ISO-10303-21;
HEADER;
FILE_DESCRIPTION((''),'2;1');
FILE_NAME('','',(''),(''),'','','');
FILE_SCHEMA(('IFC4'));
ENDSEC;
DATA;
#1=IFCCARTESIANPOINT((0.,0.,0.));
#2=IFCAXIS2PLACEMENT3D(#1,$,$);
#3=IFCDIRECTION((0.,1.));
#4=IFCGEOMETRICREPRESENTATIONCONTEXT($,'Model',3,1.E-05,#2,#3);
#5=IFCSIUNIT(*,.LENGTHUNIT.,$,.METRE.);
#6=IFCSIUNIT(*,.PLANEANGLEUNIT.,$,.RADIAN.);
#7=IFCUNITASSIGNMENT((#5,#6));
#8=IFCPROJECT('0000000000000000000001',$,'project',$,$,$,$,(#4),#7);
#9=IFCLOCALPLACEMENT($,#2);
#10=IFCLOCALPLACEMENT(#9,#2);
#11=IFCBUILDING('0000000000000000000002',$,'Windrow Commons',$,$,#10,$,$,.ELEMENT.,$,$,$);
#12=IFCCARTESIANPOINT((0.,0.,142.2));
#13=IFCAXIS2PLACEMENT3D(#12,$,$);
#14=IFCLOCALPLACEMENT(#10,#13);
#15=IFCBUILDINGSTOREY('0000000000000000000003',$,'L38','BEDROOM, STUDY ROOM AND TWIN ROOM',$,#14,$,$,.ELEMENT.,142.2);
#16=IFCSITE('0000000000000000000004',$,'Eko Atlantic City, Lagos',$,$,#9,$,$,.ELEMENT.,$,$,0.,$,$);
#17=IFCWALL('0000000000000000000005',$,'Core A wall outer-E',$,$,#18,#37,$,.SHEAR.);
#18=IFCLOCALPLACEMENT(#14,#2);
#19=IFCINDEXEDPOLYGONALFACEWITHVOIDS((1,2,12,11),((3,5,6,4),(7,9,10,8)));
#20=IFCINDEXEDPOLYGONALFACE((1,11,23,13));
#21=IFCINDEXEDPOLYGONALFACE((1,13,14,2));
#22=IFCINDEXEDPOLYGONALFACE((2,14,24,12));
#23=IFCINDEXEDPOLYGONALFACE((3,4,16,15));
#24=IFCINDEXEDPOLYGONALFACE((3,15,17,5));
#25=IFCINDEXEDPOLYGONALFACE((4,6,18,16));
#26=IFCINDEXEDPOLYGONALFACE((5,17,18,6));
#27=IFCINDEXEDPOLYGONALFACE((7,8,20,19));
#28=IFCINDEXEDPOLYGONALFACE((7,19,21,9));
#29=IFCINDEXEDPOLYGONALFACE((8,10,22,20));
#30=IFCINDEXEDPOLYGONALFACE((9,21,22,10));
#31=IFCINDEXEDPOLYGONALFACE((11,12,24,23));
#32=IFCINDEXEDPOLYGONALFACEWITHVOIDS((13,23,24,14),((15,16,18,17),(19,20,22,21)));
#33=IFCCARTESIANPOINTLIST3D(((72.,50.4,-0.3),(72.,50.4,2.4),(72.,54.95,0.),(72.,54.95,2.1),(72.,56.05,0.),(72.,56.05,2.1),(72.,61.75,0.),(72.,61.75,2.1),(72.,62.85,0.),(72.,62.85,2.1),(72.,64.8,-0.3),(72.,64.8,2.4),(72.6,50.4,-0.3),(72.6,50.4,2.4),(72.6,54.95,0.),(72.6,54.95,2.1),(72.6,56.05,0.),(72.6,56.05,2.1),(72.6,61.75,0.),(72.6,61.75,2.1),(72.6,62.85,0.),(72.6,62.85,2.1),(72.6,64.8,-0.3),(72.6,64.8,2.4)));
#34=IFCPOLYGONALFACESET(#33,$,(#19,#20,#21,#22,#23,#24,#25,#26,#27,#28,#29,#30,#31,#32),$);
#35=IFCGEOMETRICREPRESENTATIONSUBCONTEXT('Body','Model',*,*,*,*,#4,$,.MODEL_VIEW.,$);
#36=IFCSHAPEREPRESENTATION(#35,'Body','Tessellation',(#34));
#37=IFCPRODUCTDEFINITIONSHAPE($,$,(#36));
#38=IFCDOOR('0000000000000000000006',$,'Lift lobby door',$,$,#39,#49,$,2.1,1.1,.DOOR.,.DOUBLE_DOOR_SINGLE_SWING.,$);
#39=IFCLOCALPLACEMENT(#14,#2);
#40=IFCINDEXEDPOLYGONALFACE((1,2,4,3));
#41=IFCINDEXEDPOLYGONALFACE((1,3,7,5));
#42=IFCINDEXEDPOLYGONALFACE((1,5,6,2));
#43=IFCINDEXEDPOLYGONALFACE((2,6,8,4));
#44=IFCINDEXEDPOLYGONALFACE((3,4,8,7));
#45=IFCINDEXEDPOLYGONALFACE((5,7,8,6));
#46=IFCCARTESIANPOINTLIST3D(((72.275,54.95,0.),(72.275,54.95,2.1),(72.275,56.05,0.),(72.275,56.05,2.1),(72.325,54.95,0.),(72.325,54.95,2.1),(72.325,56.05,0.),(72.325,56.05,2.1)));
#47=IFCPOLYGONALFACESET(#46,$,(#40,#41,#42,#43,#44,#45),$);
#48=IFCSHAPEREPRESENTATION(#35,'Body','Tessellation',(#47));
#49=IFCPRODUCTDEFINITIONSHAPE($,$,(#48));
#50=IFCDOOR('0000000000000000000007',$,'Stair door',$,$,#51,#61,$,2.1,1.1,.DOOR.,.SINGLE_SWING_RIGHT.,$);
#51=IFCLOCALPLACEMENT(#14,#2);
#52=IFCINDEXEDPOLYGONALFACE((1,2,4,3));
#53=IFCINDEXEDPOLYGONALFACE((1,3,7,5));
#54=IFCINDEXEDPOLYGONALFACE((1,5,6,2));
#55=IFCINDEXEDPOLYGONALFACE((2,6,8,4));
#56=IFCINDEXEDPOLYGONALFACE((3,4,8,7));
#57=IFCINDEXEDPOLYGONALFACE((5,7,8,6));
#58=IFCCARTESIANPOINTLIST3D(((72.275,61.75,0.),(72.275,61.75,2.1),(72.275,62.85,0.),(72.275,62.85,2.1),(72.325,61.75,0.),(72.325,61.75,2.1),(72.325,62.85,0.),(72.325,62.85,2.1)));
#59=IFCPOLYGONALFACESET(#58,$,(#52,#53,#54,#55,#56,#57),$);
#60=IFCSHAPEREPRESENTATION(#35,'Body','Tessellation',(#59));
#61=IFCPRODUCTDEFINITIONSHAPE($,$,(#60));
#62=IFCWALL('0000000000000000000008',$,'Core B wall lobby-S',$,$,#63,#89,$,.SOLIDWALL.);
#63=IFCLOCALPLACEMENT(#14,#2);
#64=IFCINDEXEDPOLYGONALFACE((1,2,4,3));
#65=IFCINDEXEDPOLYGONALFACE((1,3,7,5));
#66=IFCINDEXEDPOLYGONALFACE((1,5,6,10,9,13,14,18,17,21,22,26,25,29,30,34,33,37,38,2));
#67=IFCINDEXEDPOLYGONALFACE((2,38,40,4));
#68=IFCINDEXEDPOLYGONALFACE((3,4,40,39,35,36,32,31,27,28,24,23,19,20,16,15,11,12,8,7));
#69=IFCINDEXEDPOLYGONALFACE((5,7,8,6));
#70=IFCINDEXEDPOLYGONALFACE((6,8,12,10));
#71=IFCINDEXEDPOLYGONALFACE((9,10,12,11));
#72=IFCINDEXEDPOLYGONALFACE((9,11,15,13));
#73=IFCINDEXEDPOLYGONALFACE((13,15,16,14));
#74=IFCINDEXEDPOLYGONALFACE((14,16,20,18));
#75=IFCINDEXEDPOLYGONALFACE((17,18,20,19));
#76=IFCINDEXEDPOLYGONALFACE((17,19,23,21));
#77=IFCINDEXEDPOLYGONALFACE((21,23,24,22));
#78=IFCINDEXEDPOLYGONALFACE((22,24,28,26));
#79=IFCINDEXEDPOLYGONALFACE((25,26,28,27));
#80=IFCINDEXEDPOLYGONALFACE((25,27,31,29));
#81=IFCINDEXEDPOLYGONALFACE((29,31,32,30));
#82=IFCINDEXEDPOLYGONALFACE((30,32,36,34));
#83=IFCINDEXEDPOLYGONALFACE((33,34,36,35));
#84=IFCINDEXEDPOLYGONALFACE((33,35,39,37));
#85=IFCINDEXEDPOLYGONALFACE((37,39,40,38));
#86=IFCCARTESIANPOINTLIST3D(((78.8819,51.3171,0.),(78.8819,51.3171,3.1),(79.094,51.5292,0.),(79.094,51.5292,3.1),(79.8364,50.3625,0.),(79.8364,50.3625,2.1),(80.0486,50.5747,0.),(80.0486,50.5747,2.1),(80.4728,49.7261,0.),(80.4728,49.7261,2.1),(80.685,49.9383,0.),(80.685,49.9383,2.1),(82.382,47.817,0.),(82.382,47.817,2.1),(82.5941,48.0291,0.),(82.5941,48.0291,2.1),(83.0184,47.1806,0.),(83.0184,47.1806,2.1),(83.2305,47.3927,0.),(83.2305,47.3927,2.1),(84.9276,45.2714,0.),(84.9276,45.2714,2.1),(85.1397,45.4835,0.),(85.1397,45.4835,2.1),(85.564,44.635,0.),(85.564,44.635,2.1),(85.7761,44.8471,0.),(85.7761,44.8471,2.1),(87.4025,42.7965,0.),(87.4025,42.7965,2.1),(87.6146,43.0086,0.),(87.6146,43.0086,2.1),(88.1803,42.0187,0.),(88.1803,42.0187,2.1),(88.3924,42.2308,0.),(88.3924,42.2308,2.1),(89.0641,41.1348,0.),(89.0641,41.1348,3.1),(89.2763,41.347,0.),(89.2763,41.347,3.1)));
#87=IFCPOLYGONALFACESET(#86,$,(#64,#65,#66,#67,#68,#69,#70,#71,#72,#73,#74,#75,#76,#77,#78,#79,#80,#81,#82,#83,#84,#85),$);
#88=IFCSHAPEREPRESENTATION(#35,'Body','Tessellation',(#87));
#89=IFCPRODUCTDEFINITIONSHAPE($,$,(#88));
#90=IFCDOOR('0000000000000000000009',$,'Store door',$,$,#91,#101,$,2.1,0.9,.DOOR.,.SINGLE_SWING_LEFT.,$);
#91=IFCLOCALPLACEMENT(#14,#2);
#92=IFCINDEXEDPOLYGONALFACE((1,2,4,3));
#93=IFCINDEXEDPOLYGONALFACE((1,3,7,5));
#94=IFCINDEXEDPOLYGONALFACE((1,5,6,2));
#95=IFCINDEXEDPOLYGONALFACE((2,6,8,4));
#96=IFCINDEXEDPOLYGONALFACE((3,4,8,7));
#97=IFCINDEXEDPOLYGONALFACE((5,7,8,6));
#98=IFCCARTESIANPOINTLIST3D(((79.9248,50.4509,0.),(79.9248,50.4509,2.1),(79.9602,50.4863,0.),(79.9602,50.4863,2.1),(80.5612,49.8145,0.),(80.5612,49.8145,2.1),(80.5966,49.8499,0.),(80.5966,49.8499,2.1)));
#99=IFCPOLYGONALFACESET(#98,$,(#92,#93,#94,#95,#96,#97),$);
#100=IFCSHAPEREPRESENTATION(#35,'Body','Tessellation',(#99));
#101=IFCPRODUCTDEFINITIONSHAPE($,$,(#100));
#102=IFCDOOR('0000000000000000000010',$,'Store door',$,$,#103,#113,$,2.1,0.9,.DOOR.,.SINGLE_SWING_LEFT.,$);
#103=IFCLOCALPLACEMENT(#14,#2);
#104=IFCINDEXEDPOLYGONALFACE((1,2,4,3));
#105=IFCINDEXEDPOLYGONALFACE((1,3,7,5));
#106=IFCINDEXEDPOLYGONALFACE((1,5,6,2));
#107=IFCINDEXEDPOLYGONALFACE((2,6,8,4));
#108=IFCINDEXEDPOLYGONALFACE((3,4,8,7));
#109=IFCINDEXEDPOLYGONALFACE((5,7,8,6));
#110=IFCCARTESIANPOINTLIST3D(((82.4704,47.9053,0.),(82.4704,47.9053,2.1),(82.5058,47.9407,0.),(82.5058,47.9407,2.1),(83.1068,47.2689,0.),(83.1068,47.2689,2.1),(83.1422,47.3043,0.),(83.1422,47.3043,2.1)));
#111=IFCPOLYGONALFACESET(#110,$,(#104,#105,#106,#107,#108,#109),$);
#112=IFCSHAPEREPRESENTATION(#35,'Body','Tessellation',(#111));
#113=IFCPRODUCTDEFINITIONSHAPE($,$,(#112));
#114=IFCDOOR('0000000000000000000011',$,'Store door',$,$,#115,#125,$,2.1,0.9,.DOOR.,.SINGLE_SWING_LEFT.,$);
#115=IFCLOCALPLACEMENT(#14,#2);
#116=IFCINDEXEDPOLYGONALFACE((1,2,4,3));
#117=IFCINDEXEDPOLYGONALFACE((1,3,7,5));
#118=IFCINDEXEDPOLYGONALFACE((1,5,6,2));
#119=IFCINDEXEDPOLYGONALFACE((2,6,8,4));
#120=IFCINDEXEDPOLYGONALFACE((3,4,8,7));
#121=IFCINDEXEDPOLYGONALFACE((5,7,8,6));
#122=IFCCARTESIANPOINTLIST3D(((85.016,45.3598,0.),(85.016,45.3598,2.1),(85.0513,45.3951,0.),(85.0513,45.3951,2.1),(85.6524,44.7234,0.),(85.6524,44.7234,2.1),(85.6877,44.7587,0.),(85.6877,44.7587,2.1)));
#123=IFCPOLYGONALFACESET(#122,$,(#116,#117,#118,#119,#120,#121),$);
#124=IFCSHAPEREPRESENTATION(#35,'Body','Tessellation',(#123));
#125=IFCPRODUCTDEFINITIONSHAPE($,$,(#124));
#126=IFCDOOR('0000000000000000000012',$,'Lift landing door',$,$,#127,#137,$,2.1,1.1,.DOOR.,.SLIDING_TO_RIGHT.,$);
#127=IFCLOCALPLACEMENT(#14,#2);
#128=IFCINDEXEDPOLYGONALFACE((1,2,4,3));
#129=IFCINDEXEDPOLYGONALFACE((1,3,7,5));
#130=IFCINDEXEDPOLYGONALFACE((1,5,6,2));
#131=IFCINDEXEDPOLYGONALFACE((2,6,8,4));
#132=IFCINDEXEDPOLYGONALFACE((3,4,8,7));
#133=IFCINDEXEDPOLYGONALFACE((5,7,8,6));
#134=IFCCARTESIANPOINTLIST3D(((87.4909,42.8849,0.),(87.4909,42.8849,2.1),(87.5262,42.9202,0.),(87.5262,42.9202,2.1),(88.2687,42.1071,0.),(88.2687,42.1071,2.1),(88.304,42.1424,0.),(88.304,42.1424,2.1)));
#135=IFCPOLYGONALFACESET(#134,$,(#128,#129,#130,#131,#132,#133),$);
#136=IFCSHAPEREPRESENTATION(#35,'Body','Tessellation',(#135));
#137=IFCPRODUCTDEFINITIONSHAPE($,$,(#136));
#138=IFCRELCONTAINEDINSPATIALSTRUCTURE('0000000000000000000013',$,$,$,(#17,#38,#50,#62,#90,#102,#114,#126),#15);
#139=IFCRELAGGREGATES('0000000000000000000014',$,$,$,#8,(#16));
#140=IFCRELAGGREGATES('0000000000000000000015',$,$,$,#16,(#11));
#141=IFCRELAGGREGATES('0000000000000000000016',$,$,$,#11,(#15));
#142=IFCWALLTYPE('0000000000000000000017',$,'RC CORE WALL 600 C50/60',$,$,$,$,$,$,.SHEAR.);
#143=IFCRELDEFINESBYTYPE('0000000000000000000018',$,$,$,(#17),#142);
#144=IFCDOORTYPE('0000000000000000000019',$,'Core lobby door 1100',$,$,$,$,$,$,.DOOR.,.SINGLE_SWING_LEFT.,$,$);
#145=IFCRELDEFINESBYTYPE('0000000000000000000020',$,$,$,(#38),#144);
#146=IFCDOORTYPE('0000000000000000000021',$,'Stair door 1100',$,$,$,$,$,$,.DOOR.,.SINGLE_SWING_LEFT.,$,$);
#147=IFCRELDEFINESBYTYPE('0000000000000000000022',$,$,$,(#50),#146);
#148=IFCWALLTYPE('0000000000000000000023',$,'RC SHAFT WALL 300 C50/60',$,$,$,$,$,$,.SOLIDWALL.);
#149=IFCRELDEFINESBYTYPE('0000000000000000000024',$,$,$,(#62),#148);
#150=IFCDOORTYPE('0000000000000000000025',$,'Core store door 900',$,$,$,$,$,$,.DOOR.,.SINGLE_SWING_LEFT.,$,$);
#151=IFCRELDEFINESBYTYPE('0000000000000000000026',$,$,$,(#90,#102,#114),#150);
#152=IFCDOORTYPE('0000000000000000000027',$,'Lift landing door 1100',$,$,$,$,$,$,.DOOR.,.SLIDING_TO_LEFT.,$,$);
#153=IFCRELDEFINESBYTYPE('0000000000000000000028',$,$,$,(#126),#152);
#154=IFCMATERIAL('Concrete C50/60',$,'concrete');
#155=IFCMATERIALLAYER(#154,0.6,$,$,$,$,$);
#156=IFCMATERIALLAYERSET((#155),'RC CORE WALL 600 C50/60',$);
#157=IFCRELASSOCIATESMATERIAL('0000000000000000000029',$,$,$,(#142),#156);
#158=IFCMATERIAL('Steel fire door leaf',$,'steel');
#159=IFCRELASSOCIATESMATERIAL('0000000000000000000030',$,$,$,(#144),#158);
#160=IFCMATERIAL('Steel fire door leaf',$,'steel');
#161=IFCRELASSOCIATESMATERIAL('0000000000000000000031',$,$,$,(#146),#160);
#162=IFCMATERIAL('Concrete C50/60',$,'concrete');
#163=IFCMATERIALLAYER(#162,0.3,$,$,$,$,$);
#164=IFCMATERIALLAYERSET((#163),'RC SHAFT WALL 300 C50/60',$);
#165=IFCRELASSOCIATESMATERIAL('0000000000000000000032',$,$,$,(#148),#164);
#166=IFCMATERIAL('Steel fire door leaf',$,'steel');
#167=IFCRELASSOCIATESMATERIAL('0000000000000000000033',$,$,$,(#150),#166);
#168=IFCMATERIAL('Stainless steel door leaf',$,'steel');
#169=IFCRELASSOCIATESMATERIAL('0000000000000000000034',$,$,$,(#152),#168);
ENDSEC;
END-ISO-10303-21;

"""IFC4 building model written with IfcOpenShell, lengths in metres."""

from ifc_helpers import new_model, si_unit, direction, frame, frame_2d, origin, place, context, subcontext, project, spatial, rectangle, extrude, material, layer, layer_set, type_object, element, fill, save


model = new_model("IFC4")

# Units and contexts
model_context = context("Model", 3, precision=1e-05, world=origin(), true_north=direction((0.0, 1.0)))
body_context = subcontext(model_context, "Body", "Model", "MODEL_VIEW")
ifc_project = project(units=[si_unit("LENGTHUNIT", "METRE"), si_unit("PLANEANGLEUNIT", "RADIAN")], contexts=[model_context])

# Site, building, storey
site_placement = place(None, origin())
site = spatial("IfcSite", under=ifc_project, at=site_placement, Name="Eko Atlantic City, Lagos", CompositionType="ELEMENT", RefElevation=0.0)
building_placement = place(site_placement, origin())
building = spatial("IfcBuilding", under=site, at=building_placement, Name="Windrow Commons", CompositionType="ELEMENT")
storey_placement = place(building_placement, frame((0.0, 0.0, 142.2)))
storey = spatial("IfcBuildingStorey", under=building, at=storey_placement, Name="L38", Description="BEDROOM, STUDY ROOM AND TWIN ROOM", CompositionType="ELEMENT", Elevation=142.2)

# Walls, openings, doors
ifc_material_1 = material(Name="Concrete C50/60", Category="concrete")
ifc_layer_1 = layer(ifc_material_1, 0.6)
ifc_layer_set_1 = layer_set([ifc_layer_1], Name="RC CORE WALL 600 C50/60")
wall_type_1 = type_object("IfcWallType", Name="RC CORE WALL 600 C50/60", PredefinedType="SHEAR", material=ifc_layer_set_1)
wall_1_placement = place(storey_placement, frame((72.3, 50.4, -0.3), z_axis=(0.0, 0.0, 1.0), x_axis=(0.0, 1.0, 0.0)))
wall_1 = element("IfcWall", 1, at=wall_1_placement, inside=storey, type_object=wall_type_1, Name="Core A wall outer-E", PredefinedType="SHEAR", context=body_context, shape_type="SweptSolid", body=[
    extrude(rectangle(XDim=14.4, YDim=0.6, at=frame_2d((7.2, 0.0))), origin(), (0.0, 0.0, 1.0), 2.7),
])
opening_1_placement = place(wall_1_placement, frame((4.55, 0.0, 0.3)))
opening_1 = element("IfcOpeningElement", 2, at=opening_1_placement, cuts=wall_1, PredefinedType="OPENING", context=body_context, shape_type="SweptSolid", body=[
    extrude(rectangle(XDim=1.1, YDim=2.1, at=frame_2d((0.55, 1.05))), frame((0.0, 0.31, 0.0), z_axis=(0.0, -1.0, 0.0), x_axis=(1.0, 0.0, 0.0)), (0.0, 0.0, 1.0), 0.62),
])
opening_2_placement = place(wall_1_placement, frame((11.35, 0.0, 0.3)))
opening_2 = element("IfcOpeningElement", 3, at=opening_2_placement, cuts=wall_1, PredefinedType="OPENING", context=body_context, shape_type="SweptSolid", body=[
    extrude(rectangle(XDim=1.1, YDim=2.1, at=frame_2d((0.55, 1.05))), frame((0.0, 0.31, 0.0), z_axis=(0.0, -1.0, 0.0), x_axis=(1.0, 0.0, 0.0)), (0.0, 0.0, 1.0), 0.62),
])
ifc_material_2 = material(Name="Steel fire door leaf", Category="steel")
door_type_1 = type_object("IfcDoorType", Name="Core lobby door 1100", OperationType="SINGLE_SWING_LEFT", PredefinedType="DOOR", material=ifc_material_2)
door_1_placement = place(opening_1_placement, origin())
door_1 = element("IfcDoor", 4, at=door_1_placement, inside=storey, type_object=door_type_1, Name="Lift lobby door", OperationType="DOUBLE_DOOR_SINGLE_SWING", OverallHeight=2.1, OverallWidth=1.1, PredefinedType="DOOR", context=body_context, shape_type="SweptSolid", body=[
    extrude(rectangle(XDim=1.1, YDim=2.1, at=frame_2d((0.55, 1.05))), frame((0.0, 0.025, 0.0), z_axis=(0.0, -1.0, 0.0), x_axis=(1.0, 0.0, 0.0)), (0.0, 0.0, 1.0), 0.05),
])
fill(opening_1, door_1)
ifc_material_3 = material(Name="Steel fire door leaf", Category="steel")
door_type_2 = type_object("IfcDoorType", Name="Stair door 1100", OperationType="SINGLE_SWING_LEFT", PredefinedType="DOOR", material=ifc_material_3)
door_2_placement = place(opening_2_placement, origin())
door_2 = element("IfcDoor", 5, at=door_2_placement, inside=storey, type_object=door_type_2, Name="Stair door", OperationType="SINGLE_SWING_RIGHT", OverallHeight=2.1, OverallWidth=1.1, PredefinedType="DOOR", context=body_context, shape_type="SweptSolid", body=[
    extrude(rectangle(XDim=1.1, YDim=2.1, at=frame_2d((0.55, 1.05))), frame((0.0, 0.025, 0.0), z_axis=(0.0, -1.0, 0.0), x_axis=(1.0, 0.0, 0.0)), (0.0, 0.0, 1.0), 0.05),
])
fill(opening_2, door_2)
ifc_material_4 = material(Name="Concrete C50/60", Category="concrete")
ifc_layer_2 = layer(ifc_material_4, 0.3)
ifc_layer_set_2 = layer_set([ifc_layer_2], Name="RC SHAFT WALL 300 C50/60")
wall_type_2 = type_object("IfcWallType", Name="RC SHAFT WALL 300 C50/60", PredefinedType="SOLIDWALL", material=ifc_layer_set_2)
wall_2_placement = place(storey_placement, frame((78.9879, 51.4232, 0.0), z_axis=(0.0, 0.0, 1.0), x_axis=(0.707107, -0.707107, 0.0)))
wall_2 = element("IfcWall", 6, at=wall_2_placement, inside=storey, type_object=wall_type_2, Name="Core B wall lobby-S", PredefinedType="SOLIDWALL", context=body_context, shape_type="SweptSolid", body=[
    extrude(rectangle(XDim=14.3999, YDim=0.3, at=frame_2d((7.2, 0.0))), origin(), (0.0, 0.0, 1.0), 3.1),
])
opening_3_placement = place(wall_2_placement, frame((1.35, 0.0, 0.0)))
opening_3 = element("IfcOpeningElement", 7, at=opening_3_placement, cuts=wall_2, PredefinedType="OPENING", context=body_context, shape_type="SweptSolid", body=[
    extrude(rectangle(XDim=0.9, YDim=2.1, at=frame_2d((0.45, 1.05))), frame((0.0, 0.16, 0.0), z_axis=(0.0, -1.0, 0.0), x_axis=(1.0, 0.0, 0.0)), (0.0, 0.0, 1.0), 0.32),
])
opening_4_placement = place(wall_2_placement, frame((4.95, 0.0, 0.0)))
opening_4 = element("IfcOpeningElement", 8, at=opening_4_placement, cuts=wall_2, PredefinedType="OPENING", context=body_context, shape_type="SweptSolid", body=[
    extrude(rectangle(XDim=0.9, YDim=2.1, at=frame_2d((0.45, 1.05))), frame((0.0, 0.16, 0.0), z_axis=(0.0, -1.0, 0.0), x_axis=(1.0, 0.0, 0.0)), (0.0, 0.0, 1.0), 0.32),
])
opening_5_placement = place(wall_2_placement, frame((8.55, 0.0, 0.0)))
opening_5 = element("IfcOpeningElement", 9, at=opening_5_placement, cuts=wall_2, PredefinedType="OPENING", context=body_context, shape_type="SweptSolid", body=[
    extrude(rectangle(XDim=0.9, YDim=2.1, at=frame_2d((0.45, 1.05))), frame((0.0, 0.16, 0.0), z_axis=(0.0, -1.0, 0.0), x_axis=(1.0, 0.0, 0.0)), (0.0, 0.0, 1.0), 0.32),
])
opening_6_placement = place(wall_2_placement, frame((12.05, 0.0, 0.0)))
opening_6 = element("IfcOpeningElement", 10, at=opening_6_placement, cuts=wall_2, PredefinedType="OPENING", context=body_context, shape_type="SweptSolid", body=[
    extrude(rectangle(XDim=1.1, YDim=2.1, at=frame_2d((0.55, 1.05))), frame((0.0, 0.16, 0.0), z_axis=(0.0, -1.0, 0.0), x_axis=(1.0, 0.0, 0.0)), (0.0, 0.0, 1.0), 0.32),
])
ifc_material_5 = material(Name="Steel fire door leaf", Category="steel")
door_type_3 = type_object("IfcDoorType", Name="Core store door 900", OperationType="SINGLE_SWING_LEFT", PredefinedType="DOOR", material=ifc_material_5)
door_3_placement = place(opening_3_placement, origin())
door_3 = element("IfcDoor", 11, at=door_3_placement, inside=storey, type_object=door_type_3, Name="Store door", OperationType="SINGLE_SWING_LEFT", OverallHeight=2.1, OverallWidth=0.9, PredefinedType="DOOR", context=body_context, shape_type="SweptSolid", body=[
    extrude(rectangle(XDim=0.9, YDim=2.1, at=frame_2d((0.45, 1.05))), frame((0.0, 0.025, 0.0), z_axis=(0.0, -1.0, 0.0), x_axis=(1.0, 0.0, 0.0)), (0.0, 0.0, 1.0), 0.05),
])
fill(opening_3, door_3)
door_4_placement = place(opening_4_placement, origin())
door_4 = element("IfcDoor", 12, at=door_4_placement, inside=storey, type_object=door_type_3, Name="Store door", OperationType="SINGLE_SWING_LEFT", OverallHeight=2.1, OverallWidth=0.9, PredefinedType="DOOR", context=body_context, shape_type="SweptSolid", body=[
    extrude(rectangle(XDim=0.9, YDim=2.1, at=frame_2d((0.45, 1.05))), frame((0.0, 0.025, 0.0), z_axis=(0.0, -1.0, 0.0), x_axis=(1.0, 0.0, 0.0)), (0.0, 0.0, 1.0), 0.05),
])
fill(opening_4, door_4)
door_5_placement = place(opening_5_placement, origin())
door_5 = element("IfcDoor", 13, at=door_5_placement, inside=storey, type_object=door_type_3, Name="Store door", OperationType="SINGLE_SWING_LEFT", OverallHeight=2.1, OverallWidth=0.9, PredefinedType="DOOR", context=body_context, shape_type="SweptSolid", body=[
    extrude(rectangle(XDim=0.9, YDim=2.1, at=frame_2d((0.45, 1.05))), frame((0.0, 0.025, 0.0), z_axis=(0.0, -1.0, 0.0), x_axis=(1.0, 0.0, 0.0)), (0.0, 0.0, 1.0), 0.05),
])
fill(opening_5, door_5)
ifc_material_6 = material(Name="Stainless steel door leaf", Category="steel")
door_type_4 = type_object("IfcDoorType", Name="Lift landing door 1100", OperationType="SLIDING_TO_LEFT", PredefinedType="DOOR", material=ifc_material_6)
door_6_placement = place(opening_6_placement, origin())
door_6 = element("IfcDoor", 14, at=door_6_placement, inside=storey, type_object=door_type_4, Name="Lift landing door", OperationType="SLIDING_TO_RIGHT", OverallHeight=2.1, OverallWidth=1.1, PredefinedType="DOOR", context=body_context, shape_type="SweptSolid", body=[
    extrude(rectangle(XDim=1.1, YDim=2.1, at=frame_2d((0.55, 1.05))), frame((0.0, 0.025, 0.0), z_axis=(0.0, -1.0, 0.0), x_axis=(1.0, 0.0, 0.0)), (0.0, 0.0, 1.0), 0.05),
])
fill(opening_6, door_6)

save(model, "model.ifc")
